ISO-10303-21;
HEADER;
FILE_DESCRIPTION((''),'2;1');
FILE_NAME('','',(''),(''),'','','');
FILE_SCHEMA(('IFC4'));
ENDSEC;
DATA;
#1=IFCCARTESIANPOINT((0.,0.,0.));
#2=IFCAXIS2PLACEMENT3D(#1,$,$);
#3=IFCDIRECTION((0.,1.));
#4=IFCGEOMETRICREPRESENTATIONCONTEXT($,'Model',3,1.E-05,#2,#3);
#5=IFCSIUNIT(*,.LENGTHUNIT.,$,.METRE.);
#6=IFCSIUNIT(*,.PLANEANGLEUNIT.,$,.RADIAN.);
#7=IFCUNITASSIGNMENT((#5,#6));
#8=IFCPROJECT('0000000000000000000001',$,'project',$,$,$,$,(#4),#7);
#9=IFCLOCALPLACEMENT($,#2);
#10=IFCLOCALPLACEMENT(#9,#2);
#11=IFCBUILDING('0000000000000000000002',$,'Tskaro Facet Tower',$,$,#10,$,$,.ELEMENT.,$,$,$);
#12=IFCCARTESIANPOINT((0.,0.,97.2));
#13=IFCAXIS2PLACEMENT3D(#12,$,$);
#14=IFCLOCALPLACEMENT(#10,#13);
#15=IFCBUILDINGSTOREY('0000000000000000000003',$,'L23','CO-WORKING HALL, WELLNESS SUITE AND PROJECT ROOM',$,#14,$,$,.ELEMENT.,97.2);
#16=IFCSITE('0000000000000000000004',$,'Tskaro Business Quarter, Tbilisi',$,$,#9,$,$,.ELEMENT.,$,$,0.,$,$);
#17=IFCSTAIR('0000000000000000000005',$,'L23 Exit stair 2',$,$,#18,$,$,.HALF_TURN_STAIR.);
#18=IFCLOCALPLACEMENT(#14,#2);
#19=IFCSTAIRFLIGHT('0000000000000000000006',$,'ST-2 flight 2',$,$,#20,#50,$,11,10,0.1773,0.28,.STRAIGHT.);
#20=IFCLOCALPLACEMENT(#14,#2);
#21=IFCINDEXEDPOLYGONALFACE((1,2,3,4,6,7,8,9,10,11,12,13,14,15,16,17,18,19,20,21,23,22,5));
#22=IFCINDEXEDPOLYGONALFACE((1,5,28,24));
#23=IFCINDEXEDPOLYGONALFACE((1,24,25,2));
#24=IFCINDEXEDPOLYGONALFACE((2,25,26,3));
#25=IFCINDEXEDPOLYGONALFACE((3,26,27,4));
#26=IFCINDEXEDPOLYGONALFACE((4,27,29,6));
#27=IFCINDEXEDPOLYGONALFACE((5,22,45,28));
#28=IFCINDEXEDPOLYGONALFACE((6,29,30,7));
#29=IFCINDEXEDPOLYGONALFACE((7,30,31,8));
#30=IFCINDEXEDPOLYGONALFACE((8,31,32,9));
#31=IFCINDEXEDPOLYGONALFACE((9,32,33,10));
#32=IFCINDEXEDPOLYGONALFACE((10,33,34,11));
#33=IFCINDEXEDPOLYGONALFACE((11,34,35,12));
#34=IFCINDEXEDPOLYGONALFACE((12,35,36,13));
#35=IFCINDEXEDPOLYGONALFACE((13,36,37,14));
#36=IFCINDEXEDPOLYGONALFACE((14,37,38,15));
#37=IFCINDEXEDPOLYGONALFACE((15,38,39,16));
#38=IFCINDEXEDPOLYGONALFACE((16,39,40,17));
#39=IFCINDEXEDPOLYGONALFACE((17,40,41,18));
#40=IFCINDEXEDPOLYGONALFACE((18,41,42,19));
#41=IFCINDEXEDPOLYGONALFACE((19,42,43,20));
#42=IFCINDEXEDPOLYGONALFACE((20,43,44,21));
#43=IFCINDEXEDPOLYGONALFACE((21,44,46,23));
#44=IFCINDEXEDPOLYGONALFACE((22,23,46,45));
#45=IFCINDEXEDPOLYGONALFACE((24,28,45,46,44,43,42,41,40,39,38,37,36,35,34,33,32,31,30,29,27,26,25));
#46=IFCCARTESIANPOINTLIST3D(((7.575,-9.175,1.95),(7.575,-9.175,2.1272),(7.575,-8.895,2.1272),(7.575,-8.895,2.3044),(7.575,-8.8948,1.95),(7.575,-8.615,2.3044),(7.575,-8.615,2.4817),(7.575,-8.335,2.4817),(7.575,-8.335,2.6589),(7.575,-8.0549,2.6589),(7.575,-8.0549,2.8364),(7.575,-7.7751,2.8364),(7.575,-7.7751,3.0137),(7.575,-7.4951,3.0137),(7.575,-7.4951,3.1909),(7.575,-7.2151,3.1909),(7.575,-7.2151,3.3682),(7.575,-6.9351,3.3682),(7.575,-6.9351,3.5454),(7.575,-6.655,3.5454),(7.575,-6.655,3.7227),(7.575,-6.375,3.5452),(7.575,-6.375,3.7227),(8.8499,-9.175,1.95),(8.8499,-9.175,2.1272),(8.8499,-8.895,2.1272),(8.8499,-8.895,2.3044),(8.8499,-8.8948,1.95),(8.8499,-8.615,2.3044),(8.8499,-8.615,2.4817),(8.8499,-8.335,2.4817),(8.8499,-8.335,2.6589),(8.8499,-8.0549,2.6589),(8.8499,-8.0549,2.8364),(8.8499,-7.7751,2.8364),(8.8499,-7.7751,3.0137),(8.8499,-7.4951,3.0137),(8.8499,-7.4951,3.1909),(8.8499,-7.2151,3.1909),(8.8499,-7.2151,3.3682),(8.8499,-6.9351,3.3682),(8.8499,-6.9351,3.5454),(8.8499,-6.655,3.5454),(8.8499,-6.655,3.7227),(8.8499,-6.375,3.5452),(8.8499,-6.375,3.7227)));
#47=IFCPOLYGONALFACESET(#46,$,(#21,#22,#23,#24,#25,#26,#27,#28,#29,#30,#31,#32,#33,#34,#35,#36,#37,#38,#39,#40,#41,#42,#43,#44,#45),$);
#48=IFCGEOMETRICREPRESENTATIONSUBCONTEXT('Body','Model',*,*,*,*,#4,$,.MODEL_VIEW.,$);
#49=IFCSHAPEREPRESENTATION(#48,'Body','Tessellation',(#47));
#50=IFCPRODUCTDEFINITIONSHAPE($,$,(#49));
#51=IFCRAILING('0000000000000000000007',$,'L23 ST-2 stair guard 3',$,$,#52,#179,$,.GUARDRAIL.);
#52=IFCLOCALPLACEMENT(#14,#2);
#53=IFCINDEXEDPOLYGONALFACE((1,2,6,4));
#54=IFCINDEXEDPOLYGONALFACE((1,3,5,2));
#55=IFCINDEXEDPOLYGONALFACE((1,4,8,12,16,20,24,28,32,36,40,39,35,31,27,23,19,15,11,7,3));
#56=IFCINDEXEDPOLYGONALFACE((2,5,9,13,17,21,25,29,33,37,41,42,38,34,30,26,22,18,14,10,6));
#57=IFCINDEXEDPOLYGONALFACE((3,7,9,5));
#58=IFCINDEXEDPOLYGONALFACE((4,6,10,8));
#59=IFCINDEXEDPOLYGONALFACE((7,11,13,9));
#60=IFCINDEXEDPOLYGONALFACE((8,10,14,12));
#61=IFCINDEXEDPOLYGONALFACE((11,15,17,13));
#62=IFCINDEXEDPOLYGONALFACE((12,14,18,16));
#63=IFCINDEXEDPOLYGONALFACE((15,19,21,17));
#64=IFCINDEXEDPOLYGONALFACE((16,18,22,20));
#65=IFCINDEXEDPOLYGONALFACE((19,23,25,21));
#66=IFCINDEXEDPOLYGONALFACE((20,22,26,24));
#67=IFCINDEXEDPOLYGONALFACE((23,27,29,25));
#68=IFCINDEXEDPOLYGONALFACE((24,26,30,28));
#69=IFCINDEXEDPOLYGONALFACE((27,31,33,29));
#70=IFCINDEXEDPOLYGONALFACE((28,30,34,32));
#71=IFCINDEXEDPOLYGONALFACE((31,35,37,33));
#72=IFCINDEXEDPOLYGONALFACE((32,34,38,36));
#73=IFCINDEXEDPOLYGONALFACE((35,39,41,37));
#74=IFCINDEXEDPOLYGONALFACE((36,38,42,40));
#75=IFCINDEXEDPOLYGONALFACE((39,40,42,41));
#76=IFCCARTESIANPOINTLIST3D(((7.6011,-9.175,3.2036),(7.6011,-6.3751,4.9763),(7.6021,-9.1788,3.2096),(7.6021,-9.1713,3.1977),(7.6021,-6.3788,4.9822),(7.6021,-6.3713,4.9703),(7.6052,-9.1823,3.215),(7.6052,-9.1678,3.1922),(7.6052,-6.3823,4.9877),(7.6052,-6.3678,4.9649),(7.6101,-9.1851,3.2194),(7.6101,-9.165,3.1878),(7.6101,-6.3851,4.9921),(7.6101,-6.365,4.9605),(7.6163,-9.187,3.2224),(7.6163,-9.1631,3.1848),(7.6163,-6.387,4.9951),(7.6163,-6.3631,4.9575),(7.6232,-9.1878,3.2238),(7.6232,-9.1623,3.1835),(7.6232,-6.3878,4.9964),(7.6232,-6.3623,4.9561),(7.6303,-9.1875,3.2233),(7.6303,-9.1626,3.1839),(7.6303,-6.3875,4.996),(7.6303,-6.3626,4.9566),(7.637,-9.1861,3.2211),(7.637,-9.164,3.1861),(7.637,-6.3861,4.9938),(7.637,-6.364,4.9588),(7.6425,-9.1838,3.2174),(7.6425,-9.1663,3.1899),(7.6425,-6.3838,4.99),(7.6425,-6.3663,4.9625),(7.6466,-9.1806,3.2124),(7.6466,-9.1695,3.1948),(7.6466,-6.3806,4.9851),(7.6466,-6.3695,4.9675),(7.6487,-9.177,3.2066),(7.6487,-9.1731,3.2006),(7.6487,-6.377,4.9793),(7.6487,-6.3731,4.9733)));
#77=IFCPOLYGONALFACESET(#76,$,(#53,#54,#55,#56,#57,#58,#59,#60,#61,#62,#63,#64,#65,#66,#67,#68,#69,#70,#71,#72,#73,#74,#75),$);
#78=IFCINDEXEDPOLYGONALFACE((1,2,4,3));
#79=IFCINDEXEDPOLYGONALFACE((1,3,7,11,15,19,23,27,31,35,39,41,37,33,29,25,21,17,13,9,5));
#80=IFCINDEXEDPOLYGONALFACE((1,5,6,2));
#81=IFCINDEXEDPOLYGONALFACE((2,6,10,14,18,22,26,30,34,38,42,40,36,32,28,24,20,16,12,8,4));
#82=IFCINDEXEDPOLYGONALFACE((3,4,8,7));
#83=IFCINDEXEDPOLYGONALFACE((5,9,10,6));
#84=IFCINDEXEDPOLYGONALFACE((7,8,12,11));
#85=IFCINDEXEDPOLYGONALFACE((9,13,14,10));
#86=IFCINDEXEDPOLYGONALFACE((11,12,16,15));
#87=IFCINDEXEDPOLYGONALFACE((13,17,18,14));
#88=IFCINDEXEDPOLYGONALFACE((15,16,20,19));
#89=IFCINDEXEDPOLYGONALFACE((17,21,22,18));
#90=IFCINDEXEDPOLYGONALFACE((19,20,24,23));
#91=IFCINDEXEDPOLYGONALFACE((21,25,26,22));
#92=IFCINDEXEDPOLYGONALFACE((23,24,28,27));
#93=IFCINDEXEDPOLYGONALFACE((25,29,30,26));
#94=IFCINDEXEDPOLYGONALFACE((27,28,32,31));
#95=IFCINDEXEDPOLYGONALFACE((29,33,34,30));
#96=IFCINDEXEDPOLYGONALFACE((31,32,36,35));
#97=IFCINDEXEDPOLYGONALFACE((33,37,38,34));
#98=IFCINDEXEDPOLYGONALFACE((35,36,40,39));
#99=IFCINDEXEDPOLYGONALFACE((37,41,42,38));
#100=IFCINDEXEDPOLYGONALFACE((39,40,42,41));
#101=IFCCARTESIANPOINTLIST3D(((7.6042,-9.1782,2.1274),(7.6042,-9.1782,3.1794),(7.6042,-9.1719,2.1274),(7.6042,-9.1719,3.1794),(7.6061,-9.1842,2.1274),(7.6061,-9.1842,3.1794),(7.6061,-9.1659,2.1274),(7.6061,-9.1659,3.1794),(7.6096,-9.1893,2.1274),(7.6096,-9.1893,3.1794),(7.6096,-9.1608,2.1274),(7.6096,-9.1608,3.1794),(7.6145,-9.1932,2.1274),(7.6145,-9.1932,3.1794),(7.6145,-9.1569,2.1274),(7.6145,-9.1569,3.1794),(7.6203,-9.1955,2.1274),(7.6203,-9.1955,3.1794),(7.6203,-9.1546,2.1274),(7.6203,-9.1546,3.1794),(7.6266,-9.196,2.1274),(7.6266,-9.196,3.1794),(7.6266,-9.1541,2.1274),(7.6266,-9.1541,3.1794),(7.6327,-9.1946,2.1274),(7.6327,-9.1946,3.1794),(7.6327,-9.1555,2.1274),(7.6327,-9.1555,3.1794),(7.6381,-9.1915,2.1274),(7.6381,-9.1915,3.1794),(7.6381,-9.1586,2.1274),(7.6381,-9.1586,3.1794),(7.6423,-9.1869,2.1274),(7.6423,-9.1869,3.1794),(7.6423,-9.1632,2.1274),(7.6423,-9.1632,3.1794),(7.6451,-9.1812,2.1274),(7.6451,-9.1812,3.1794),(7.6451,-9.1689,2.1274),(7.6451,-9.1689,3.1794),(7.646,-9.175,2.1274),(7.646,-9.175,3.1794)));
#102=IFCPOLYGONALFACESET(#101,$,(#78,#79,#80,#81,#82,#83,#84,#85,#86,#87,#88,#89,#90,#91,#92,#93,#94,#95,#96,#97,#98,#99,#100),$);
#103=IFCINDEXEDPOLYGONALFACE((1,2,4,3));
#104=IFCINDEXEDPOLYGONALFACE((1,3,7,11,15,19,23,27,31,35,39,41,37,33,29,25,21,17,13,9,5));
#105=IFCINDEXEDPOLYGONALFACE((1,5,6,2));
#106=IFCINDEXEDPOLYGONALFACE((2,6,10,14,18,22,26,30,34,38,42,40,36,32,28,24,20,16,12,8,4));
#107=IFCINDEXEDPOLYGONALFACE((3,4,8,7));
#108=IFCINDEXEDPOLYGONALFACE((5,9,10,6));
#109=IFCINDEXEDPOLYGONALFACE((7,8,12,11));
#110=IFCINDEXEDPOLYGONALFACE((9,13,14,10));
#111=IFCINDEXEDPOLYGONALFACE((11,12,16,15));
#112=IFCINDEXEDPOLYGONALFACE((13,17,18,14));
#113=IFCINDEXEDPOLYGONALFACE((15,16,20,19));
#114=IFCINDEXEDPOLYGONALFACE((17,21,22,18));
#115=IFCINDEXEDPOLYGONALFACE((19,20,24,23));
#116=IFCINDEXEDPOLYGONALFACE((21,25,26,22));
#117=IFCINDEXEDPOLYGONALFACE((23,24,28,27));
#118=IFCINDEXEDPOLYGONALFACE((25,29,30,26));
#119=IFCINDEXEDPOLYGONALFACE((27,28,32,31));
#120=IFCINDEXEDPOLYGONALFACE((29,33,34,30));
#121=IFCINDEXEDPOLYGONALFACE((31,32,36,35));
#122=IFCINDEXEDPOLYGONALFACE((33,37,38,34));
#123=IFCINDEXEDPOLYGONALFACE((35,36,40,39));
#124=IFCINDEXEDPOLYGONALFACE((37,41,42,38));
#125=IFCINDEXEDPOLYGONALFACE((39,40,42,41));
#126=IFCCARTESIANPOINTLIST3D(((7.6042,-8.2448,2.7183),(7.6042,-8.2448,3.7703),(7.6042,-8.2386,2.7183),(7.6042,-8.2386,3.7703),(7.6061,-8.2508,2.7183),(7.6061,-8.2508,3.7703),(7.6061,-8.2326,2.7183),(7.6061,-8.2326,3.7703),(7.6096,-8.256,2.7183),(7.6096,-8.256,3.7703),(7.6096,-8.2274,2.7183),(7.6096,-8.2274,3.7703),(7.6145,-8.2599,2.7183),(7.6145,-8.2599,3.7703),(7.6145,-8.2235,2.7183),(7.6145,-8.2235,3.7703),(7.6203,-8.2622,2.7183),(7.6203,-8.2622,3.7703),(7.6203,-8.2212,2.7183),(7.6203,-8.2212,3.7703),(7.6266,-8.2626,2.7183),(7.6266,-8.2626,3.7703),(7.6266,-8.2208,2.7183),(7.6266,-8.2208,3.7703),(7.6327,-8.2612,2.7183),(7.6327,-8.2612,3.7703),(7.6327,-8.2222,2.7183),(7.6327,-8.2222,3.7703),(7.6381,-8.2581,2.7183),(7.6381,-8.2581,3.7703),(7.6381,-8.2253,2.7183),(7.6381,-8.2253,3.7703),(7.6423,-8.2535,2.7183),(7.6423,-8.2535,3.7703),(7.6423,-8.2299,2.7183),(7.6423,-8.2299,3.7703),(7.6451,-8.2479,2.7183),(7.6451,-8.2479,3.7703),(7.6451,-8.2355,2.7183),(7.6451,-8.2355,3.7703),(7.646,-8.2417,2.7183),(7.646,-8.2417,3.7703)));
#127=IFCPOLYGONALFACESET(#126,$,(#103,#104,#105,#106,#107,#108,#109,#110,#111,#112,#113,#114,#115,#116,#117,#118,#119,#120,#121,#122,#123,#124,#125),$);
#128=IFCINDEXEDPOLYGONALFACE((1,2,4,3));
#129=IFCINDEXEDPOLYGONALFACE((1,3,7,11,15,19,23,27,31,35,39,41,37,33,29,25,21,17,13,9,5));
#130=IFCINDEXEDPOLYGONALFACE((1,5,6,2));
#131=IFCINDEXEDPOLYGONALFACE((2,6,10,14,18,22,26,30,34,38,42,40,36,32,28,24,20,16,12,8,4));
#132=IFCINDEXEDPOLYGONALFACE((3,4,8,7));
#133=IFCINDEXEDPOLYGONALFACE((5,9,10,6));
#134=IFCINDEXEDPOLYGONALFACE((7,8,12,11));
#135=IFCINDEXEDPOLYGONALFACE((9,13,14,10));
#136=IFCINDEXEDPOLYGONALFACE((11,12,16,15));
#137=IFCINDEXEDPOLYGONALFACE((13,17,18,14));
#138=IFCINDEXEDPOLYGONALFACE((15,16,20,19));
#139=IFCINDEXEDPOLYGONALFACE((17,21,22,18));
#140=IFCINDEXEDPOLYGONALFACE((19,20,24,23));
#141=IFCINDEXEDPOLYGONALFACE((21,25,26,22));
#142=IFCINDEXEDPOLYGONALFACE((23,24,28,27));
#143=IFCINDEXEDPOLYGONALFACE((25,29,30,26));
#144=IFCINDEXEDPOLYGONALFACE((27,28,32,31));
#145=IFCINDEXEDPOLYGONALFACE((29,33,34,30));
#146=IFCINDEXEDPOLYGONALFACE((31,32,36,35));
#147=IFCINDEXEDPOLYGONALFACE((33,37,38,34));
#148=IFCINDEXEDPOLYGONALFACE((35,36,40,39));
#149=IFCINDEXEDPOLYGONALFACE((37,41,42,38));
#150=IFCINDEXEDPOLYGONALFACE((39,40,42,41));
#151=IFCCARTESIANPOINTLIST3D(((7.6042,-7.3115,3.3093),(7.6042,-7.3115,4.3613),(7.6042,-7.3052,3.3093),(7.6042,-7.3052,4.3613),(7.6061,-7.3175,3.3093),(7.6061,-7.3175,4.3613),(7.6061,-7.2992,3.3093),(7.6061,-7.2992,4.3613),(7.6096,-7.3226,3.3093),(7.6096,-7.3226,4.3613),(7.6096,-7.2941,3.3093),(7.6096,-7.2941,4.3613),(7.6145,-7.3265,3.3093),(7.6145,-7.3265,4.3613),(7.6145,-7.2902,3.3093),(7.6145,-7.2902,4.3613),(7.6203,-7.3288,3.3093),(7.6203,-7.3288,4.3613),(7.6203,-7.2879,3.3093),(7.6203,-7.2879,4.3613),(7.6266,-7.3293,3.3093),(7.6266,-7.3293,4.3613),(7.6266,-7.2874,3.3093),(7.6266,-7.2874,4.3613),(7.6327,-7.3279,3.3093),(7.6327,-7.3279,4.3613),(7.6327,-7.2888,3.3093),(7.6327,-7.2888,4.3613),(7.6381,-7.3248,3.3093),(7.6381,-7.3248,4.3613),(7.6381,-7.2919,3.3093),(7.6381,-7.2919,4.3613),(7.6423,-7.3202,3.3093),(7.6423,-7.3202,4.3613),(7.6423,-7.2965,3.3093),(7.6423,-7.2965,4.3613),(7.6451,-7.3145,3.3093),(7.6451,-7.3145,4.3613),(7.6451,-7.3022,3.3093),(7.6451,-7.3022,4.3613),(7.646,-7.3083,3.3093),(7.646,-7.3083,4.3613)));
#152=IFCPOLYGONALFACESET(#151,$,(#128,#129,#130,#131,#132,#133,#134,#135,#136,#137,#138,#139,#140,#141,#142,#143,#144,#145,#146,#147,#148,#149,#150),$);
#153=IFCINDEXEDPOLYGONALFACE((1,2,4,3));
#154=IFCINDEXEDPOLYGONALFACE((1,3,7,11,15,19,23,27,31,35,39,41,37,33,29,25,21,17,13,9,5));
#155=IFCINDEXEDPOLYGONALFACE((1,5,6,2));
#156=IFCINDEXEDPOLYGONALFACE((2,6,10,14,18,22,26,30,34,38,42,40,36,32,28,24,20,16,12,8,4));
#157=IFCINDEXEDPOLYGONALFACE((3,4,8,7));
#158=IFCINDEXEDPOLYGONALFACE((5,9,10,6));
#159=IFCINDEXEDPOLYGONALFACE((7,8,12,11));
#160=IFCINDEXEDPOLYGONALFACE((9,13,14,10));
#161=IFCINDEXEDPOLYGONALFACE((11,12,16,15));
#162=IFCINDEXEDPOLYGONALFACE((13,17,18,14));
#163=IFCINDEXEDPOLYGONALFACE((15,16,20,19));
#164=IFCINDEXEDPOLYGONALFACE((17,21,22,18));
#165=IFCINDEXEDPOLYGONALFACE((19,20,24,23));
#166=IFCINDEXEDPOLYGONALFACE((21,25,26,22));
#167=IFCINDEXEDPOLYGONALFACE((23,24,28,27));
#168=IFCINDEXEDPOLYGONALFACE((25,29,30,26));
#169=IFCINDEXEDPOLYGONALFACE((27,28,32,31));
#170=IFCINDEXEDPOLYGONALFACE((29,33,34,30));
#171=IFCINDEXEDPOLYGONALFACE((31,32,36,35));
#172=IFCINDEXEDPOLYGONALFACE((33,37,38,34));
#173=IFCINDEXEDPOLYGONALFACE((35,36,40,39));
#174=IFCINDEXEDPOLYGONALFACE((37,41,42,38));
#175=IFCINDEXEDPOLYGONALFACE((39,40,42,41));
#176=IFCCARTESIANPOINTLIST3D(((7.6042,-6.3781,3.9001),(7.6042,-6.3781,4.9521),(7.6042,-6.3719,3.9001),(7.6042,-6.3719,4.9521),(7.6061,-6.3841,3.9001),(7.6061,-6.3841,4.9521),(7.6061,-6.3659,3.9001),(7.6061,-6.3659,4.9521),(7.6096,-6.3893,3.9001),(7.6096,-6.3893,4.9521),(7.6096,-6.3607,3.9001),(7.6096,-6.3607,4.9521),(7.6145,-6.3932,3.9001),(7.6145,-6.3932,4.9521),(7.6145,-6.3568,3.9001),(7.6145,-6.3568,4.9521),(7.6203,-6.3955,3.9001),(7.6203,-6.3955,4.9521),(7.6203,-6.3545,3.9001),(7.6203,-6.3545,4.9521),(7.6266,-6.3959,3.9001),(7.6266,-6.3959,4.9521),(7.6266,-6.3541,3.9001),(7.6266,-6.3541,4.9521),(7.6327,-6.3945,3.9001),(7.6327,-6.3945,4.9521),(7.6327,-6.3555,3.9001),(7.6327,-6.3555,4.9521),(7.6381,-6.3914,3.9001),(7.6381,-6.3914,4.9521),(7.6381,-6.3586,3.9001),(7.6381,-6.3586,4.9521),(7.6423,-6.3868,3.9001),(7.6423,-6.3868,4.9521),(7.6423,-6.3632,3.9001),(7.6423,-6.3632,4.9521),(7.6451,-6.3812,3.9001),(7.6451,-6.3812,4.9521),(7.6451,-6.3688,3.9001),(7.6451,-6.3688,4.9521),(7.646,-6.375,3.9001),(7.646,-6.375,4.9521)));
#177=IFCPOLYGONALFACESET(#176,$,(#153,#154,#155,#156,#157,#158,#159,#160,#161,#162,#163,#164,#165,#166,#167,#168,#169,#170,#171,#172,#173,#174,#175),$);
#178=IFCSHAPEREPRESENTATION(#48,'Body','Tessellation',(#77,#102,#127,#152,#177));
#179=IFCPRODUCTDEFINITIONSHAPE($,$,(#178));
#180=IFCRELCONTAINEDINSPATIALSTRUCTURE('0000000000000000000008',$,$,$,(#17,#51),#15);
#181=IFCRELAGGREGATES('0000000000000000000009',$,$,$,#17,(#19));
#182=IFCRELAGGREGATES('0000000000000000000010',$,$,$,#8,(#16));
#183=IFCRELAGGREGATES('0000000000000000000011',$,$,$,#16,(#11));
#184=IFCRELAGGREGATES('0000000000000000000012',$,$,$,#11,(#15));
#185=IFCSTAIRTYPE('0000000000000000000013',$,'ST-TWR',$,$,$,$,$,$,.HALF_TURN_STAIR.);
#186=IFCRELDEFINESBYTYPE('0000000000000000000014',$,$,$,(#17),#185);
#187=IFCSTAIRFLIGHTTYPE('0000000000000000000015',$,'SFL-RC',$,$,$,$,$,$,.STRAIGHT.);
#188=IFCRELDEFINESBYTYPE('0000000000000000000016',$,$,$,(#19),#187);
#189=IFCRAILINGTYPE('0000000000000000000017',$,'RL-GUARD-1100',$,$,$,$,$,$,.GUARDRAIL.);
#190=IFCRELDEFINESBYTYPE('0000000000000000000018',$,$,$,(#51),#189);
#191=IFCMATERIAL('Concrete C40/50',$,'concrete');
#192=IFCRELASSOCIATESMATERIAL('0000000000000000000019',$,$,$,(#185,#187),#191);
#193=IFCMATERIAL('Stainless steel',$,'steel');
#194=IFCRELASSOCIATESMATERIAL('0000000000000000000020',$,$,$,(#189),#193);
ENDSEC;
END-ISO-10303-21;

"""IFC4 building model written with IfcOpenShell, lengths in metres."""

from ifc_helpers import new_model, si_unit, direction, frame, origin, origin_2d, place, context, subcontext, project, spatial, polyline, circle, outline, extrude, material, type_object, element, aggregate, save


model = new_model("IFC4")

# Units and contexts
model_context = context("Model", 3, precision=1e-05, world=origin(), true_north=direction((0.0, 1.0)))
body_context = subcontext(model_context, "Body", "Model", "MODEL_VIEW")
ifc_project = project(units=[si_unit("LENGTHUNIT", "METRE"), si_unit("PLANEANGLEUNIT", "RADIAN")], contexts=[model_context])

# Site, building, storey
site_placement = place(None, origin())
site = spatial("IfcSite", under=ifc_project, at=site_placement, Name="Tskaro Business Quarter, Tbilisi", CompositionType="ELEMENT", RefElevation=0.0)
building_placement = place(site_placement, origin())
building = spatial("IfcBuilding", under=site, at=building_placement, Name="Tskaro Facet Tower", CompositionType="ELEMENT")
storey_placement = place(building_placement, frame((0.0, 0.0, 97.2)))
storey = spatial("IfcBuildingStorey", under=building, at=storey_placement, Name="L23", Description="CO-WORKING HALL, WELLNESS SUITE AND PROJECT ROOM", CompositionType="ELEMENT", Elevation=97.2)

# Shared definitions
ifc_material_1 = material(Name="Concrete C40/50", Category="concrete")

# Stair, stair flight
stair_type = type_object("IfcStairType", Name="ST-TWR", PredefinedType="HALF_TURN_STAIR", material=ifc_material_1)
stair_placement = place(storey_placement, origin())
stair = element("IfcStair", 1, at=stair_placement, inside=storey, type_object=stair_type, Name="L23 Exit stair 2", PredefinedType="HALF_TURN_STAIR")
stair_flight_type = type_object("IfcStairFlightType", Name="SFL-RC", PredefinedType="STRAIGHT", material=ifc_material_1)
stair_flight_placement = place(storey_placement, frame((8.2124, -9.175, 1.95), z_axis=(0.0, 0.0, 1.0), x_axis=(0.0, 1.0, 0.0)))
stair_flight = element("IfcStairFlight", 2, at=stair_flight_placement, type_object=stair_flight_type, Name="ST-2 flight 2", NumberOfRisers=11, NumberOfTreads=10, PredefinedType="STRAIGHT", RiserHeight=0.1773, TreadLength=0.28, context=body_context, shape_type="SweptSolid", body=[
    extrude(outline(polyline([(0.0, 0.0), (0.0, 0.1772), (0.28, 0.1772), (0.28, 0.3545), (0.5601, 0.3545), (0.5601, 0.5317), (0.8401, 0.5317), (0.8401, 0.709), (1.1201, 0.709), (1.1201, 0.8865), (1.3999, 0.8865), (1.3999, 1.0637), (1.6799, 1.0637), (1.6799, 1.241), (1.96, 1.241), (1.96, 1.4182), (2.24, 1.4182), (2.24, 1.5955), (2.52, 1.5955), (2.52, 1.7727), (2.8, 1.7727), (2.8, 1.95), (2.8, 1.5952), (0.2803, 0.0), (0.0, 0.0)])), frame((0.0, 0.6375, 0.0), z_axis=(0.0, -1.0, 0.0), x_axis=(1.0, 0.0, 0.0)), (0.0, 0.0, 1.0), 1.2749),
])
aggregate(stair, [stair_flight])

# Railing
ifc_material_2 = material(Name="Stainless steel", Category="steel")
railing_type_1 = type_object("IfcRailingType", Name="RL-GUARD-1100", PredefinedType="GUARDRAIL", material=ifc_material_2)
railing_1_placement = place(storey_placement, frame((7.625, -9.175, 2.1274)))
element("IfcRailing", 3, at=railing_1_placement, inside=storey, type_object=railing_type_1, Name="L23 ST-2 stair guard 3", PredefinedType="GUARDRAIL", context=body_context, shape_type="SweptSolid", body=[
    extrude(circle(Radius=0.0239, at=origin_2d()), frame((0.0, 0.0, 1.0762), z_axis=(0.0, 0.844909, 0.53491), x_axis=(-1.0, 0.0, 0.0)), (0.0, 0.0, 1.0), 3.314),
    extrude(circle(Radius=0.021, at=origin_2d()), origin(), (0.0, 0.0, 1.0), 1.052),
    extrude(circle(Radius=0.021, at=origin_2d()), frame((0.0, 0.9333, 0.5908)), (0.0, 0.0, 1.0), 1.052),
    extrude(circle(Radius=0.021, at=origin_2d()), frame((0.0, 1.8667, 1.1819)), (0.0, 0.0, 1.0), 1.052),
    extrude(circle(Radius=0.021, at=origin_2d()), frame((0.0, 2.8, 1.7727)), (0.0, 0.0, 1.0), 1.052),
])

save(model, "model.ifc")
